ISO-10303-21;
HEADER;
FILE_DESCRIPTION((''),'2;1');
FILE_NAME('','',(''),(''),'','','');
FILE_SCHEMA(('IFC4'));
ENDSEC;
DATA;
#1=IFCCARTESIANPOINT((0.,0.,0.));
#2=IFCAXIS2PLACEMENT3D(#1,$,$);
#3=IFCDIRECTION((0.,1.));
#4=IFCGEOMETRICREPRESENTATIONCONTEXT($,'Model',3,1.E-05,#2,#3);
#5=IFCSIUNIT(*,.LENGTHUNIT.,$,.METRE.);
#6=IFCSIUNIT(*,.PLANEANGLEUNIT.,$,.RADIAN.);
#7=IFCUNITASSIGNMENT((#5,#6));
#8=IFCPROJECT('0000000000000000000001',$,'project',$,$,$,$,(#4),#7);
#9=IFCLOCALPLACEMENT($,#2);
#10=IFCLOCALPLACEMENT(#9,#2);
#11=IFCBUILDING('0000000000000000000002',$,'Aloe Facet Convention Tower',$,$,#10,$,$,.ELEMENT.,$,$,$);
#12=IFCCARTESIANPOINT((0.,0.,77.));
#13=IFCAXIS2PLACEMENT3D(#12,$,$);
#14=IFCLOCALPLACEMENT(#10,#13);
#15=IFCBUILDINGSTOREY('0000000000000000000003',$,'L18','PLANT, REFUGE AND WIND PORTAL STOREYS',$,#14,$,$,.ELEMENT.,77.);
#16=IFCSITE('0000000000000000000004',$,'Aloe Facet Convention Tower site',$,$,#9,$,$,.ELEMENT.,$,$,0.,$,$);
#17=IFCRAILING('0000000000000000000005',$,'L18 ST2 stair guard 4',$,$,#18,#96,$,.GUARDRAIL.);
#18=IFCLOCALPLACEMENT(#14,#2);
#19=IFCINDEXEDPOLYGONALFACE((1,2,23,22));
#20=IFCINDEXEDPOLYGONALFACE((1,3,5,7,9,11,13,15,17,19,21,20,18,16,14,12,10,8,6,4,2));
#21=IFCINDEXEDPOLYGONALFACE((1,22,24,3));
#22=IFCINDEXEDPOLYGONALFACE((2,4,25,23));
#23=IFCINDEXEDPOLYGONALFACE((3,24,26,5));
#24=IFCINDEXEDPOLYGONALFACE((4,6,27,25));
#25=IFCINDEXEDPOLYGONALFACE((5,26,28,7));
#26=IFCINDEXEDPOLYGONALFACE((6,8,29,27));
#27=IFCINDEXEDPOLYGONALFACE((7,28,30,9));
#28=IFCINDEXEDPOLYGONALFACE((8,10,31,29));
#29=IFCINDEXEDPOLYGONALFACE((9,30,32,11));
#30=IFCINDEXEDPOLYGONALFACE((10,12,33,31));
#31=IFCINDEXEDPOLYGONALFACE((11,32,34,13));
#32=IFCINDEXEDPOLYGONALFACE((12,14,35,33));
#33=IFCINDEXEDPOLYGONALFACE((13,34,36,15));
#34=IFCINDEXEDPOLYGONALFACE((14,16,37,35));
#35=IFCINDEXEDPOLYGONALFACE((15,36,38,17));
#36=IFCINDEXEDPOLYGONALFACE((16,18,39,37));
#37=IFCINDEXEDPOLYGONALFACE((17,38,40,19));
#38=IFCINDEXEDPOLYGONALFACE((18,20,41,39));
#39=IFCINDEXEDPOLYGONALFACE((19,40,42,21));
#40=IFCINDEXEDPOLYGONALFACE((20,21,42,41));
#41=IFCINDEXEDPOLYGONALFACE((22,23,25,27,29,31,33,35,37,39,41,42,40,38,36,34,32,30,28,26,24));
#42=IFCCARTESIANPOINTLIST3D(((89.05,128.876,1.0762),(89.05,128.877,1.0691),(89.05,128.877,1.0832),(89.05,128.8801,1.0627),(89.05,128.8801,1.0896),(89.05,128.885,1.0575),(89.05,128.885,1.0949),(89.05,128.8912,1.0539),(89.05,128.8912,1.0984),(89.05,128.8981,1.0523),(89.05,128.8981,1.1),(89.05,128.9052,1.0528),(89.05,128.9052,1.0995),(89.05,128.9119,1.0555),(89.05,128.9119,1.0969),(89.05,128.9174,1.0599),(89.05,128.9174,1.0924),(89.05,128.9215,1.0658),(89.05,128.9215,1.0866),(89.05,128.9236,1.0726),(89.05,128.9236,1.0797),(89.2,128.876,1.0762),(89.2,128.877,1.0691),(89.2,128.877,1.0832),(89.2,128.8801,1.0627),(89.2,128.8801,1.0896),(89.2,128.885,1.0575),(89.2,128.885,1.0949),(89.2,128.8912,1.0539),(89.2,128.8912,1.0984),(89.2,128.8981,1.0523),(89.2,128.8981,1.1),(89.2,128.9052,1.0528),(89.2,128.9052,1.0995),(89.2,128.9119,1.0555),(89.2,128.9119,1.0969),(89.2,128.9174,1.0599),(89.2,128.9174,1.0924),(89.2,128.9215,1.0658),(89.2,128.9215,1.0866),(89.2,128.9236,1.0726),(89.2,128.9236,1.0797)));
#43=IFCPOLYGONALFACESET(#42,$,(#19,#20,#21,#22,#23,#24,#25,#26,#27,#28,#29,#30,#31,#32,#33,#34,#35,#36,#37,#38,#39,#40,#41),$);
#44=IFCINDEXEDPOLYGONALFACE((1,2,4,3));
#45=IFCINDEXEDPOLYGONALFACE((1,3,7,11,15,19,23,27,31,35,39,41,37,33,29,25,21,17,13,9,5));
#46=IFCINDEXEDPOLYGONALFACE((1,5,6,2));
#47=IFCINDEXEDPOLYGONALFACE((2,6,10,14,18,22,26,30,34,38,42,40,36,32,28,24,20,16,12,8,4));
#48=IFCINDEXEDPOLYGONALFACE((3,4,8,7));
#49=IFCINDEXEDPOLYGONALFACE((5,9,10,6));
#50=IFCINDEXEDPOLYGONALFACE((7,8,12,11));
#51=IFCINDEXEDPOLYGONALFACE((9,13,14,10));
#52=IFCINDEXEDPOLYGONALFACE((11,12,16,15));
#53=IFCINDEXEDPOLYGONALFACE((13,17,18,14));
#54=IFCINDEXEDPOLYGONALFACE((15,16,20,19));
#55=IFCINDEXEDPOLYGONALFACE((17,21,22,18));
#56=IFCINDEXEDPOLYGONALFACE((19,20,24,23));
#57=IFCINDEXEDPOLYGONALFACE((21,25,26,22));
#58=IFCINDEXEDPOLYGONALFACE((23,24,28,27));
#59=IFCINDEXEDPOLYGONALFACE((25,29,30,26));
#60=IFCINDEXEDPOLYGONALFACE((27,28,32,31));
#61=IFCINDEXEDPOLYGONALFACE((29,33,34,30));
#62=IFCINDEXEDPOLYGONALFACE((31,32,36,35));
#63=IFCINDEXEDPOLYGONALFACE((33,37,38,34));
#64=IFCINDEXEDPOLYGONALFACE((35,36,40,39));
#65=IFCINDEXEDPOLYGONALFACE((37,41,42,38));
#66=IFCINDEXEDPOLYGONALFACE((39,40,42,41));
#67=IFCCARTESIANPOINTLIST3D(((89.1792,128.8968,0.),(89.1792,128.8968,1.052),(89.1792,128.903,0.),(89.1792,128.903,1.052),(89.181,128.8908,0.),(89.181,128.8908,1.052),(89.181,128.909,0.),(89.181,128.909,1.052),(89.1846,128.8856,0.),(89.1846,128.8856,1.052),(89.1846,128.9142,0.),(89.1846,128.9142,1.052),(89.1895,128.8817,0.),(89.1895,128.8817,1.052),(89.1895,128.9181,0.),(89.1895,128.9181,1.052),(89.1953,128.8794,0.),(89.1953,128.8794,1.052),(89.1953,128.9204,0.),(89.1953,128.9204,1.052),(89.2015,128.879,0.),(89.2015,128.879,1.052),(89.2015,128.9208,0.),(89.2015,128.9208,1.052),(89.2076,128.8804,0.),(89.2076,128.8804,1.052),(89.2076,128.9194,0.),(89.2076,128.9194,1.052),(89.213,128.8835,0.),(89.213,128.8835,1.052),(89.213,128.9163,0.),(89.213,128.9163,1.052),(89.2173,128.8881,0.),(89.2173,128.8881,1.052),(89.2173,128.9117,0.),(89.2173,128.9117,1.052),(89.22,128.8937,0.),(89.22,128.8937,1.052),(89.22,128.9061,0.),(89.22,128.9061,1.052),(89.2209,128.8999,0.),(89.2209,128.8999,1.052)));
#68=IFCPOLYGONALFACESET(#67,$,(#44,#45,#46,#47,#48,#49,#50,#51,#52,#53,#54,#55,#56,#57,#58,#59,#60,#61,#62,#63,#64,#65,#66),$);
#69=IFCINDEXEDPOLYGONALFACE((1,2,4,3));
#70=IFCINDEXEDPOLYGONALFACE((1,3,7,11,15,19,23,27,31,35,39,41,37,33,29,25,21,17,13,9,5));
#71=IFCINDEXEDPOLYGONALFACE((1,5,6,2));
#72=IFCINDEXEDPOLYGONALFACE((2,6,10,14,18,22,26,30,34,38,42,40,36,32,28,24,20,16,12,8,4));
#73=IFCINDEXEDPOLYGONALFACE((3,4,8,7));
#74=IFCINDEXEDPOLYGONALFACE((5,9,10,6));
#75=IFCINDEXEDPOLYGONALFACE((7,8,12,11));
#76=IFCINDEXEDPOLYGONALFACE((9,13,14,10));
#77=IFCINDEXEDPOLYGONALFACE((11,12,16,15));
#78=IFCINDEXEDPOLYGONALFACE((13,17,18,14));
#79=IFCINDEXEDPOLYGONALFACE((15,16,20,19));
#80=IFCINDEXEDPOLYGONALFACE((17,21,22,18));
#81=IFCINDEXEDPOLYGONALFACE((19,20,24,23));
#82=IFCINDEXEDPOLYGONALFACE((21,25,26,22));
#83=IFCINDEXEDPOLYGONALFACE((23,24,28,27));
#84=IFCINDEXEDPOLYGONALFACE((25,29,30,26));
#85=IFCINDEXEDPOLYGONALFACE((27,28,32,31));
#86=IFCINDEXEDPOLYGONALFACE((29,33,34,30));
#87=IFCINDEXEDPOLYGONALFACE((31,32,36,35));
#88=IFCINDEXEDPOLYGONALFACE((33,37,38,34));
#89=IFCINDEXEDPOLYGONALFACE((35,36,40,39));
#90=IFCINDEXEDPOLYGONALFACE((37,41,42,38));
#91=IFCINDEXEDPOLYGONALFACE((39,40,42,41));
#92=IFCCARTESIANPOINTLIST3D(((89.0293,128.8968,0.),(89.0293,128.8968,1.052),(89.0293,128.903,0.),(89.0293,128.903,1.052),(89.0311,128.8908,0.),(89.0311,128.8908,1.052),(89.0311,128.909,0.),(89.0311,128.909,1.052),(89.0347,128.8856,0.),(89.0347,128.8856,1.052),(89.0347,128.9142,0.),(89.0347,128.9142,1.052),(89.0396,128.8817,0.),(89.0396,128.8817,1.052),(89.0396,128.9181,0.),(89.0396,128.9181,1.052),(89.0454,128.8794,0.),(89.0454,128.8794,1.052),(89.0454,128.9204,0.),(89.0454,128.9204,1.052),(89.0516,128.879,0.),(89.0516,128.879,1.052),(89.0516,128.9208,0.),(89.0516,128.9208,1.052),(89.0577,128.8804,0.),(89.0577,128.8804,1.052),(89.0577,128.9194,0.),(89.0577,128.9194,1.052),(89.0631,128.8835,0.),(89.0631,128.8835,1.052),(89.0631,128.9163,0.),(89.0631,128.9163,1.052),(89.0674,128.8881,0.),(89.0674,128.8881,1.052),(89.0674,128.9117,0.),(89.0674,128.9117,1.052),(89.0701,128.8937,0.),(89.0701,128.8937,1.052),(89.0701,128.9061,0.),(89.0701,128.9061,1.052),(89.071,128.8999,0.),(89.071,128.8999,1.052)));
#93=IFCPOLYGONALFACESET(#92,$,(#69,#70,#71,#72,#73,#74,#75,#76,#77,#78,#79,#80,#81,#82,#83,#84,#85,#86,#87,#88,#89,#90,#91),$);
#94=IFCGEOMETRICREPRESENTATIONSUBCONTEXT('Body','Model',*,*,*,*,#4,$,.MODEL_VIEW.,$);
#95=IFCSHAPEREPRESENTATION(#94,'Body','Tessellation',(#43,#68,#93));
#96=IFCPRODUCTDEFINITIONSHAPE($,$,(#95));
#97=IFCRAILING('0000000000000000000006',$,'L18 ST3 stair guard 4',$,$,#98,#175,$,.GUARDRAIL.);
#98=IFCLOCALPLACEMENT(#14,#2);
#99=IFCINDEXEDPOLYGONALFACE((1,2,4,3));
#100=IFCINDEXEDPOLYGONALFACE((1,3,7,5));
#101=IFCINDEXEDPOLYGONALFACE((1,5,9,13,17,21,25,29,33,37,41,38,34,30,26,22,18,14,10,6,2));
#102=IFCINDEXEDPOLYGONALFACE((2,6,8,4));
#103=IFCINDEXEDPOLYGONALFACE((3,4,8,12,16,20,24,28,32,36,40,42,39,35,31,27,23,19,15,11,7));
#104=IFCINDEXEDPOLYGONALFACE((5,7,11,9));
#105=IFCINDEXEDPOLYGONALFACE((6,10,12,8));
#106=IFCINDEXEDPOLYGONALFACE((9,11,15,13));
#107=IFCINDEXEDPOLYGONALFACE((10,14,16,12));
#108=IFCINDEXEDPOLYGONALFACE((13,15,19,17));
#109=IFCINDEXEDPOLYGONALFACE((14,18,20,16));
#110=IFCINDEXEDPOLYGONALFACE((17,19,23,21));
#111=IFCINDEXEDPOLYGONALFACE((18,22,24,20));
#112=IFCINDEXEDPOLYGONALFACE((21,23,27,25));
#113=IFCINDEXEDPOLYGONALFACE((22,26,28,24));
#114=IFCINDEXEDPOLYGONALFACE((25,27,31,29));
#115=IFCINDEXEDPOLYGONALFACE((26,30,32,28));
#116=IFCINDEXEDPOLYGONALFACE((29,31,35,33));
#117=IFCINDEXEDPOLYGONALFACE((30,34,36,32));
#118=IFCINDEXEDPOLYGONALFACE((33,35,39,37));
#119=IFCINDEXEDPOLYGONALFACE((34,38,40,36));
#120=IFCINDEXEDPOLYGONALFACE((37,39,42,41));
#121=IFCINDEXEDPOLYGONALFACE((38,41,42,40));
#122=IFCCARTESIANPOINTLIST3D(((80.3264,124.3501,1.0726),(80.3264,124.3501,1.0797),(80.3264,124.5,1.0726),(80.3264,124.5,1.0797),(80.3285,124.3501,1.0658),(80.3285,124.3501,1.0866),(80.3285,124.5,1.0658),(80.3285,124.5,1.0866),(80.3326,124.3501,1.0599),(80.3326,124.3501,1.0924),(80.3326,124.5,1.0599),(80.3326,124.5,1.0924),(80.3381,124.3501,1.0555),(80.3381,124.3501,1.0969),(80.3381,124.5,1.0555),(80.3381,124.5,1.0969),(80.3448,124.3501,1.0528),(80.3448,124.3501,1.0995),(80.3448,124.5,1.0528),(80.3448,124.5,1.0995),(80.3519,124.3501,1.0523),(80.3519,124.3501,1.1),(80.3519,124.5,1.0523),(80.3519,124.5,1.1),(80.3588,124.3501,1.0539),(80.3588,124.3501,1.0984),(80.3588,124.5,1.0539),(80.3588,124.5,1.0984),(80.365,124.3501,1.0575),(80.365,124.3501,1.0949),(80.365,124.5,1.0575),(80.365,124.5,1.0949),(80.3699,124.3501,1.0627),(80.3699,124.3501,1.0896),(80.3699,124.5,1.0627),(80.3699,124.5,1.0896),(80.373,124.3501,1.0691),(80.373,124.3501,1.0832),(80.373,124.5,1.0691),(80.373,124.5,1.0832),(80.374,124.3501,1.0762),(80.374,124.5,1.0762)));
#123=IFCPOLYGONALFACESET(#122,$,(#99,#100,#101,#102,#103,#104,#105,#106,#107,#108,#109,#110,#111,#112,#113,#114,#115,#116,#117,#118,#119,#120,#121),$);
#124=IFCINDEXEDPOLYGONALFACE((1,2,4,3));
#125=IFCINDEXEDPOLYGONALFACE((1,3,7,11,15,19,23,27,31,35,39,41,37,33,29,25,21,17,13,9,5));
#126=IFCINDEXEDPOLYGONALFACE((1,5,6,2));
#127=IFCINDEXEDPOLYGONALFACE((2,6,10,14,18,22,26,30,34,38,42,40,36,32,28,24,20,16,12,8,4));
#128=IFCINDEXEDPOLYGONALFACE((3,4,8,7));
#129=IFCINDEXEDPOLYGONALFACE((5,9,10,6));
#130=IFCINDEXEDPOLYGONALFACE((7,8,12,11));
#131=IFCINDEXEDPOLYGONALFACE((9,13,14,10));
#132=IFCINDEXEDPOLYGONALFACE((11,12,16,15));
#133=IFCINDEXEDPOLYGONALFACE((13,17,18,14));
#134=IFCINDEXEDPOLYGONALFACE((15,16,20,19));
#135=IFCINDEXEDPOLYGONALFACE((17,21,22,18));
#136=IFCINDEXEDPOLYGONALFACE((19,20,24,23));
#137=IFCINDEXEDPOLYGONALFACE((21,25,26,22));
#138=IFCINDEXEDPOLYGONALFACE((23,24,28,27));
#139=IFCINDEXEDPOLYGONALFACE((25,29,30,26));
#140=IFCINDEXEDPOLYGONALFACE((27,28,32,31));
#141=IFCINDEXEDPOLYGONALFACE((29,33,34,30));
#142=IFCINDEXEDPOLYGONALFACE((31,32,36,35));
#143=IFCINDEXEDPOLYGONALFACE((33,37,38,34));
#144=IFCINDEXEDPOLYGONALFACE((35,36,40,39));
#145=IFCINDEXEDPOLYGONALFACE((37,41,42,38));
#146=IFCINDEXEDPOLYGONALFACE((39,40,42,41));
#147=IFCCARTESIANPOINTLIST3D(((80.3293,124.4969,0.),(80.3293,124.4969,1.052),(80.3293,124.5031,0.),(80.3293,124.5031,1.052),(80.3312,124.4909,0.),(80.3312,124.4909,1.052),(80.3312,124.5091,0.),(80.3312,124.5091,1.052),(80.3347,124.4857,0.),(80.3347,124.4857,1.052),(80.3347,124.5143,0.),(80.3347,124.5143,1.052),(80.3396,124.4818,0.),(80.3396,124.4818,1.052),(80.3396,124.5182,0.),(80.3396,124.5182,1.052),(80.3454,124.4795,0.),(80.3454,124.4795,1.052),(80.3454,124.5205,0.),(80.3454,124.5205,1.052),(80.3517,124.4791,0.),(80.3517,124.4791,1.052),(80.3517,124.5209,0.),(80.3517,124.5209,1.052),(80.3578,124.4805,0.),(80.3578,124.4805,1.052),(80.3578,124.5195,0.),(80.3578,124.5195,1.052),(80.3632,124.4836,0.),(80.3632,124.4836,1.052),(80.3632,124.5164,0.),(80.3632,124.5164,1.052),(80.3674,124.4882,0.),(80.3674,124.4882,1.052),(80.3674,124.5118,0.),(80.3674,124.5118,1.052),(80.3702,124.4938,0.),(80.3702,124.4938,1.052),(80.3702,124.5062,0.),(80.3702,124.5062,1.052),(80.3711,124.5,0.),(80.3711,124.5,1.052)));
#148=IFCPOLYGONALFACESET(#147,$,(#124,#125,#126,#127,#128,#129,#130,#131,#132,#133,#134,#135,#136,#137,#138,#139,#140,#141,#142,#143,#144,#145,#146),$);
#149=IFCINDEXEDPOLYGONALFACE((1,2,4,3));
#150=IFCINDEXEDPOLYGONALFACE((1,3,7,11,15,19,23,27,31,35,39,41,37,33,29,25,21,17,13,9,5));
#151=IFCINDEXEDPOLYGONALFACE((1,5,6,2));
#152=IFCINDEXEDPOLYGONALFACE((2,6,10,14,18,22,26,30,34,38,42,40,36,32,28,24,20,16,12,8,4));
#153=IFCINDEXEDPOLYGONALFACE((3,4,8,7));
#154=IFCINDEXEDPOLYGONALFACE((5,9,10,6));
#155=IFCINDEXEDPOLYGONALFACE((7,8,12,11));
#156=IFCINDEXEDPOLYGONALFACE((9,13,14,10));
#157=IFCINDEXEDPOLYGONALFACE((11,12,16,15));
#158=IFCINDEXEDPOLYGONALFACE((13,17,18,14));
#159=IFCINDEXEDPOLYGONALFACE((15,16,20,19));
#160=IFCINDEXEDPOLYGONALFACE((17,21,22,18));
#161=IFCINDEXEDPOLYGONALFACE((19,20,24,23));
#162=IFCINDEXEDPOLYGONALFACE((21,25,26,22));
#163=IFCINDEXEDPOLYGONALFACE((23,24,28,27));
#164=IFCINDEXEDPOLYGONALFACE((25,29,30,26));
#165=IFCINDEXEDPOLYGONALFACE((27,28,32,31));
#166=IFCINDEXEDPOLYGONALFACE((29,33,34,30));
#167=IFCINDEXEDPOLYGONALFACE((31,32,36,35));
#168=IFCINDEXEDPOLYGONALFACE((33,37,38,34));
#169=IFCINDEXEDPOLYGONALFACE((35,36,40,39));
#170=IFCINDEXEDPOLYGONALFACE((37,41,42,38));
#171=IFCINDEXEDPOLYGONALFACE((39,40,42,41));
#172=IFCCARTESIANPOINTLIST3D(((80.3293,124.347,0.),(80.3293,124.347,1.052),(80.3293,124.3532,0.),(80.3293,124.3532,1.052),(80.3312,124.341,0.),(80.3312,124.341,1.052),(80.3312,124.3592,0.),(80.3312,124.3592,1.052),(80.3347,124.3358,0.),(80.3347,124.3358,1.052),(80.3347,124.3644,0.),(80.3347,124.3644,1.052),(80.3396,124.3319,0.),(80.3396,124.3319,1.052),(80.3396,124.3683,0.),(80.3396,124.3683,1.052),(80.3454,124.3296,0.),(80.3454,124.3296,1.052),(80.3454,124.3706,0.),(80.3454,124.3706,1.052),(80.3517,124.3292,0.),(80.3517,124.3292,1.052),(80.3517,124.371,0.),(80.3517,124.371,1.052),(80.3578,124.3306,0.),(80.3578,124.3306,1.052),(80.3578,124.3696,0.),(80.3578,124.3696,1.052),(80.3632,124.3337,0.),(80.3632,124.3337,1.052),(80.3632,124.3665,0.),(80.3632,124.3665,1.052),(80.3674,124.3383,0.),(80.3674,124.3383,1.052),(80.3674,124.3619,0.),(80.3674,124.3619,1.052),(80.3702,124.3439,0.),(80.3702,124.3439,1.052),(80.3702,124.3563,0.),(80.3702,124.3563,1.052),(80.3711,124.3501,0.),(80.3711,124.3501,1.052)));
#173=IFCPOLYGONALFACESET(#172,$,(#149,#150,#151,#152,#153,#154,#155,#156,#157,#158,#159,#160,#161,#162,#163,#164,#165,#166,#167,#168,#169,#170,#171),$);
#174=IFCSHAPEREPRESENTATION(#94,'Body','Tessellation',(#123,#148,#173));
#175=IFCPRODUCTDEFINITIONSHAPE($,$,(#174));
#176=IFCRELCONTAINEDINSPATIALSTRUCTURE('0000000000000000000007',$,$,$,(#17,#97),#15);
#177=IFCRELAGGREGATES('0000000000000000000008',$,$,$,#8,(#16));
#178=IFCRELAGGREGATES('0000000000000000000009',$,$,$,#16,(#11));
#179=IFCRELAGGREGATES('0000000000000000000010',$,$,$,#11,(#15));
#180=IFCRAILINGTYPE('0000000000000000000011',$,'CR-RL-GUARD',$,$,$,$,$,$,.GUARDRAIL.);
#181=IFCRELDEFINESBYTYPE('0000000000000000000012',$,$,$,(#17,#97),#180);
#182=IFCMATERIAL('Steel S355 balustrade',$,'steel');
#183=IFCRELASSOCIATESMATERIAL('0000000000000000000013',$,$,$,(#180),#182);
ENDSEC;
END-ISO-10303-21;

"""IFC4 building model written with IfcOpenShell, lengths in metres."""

from ifc_helpers import new_model, si_unit, direction, frame, origin, origin_2d, place, context, subcontext, project, spatial, circle, extrude, material, type_object, element, save


model = new_model("IFC4")

# Units and contexts
model_context = context("Model", 3, precision=1e-05, world=origin(), true_north=direction((0.0, 1.0)))
body_context = subcontext(model_context, "Body", "Model", "MODEL_VIEW")
ifc_project = project(units=[si_unit("LENGTHUNIT", "METRE"), si_unit("PLANEANGLEUNIT", "RADIAN")], contexts=[model_context])

# Site, building, storey
site_placement = place(None, origin())
site = spatial("IfcSite", under=ifc_project, at=site_placement, Name="Aloe Facet Convention Tower site", CompositionType="ELEMENT", RefElevation=0.0)
building_placement = place(site_placement, origin())
building = spatial("IfcBuilding", under=site, at=building_placement, Name="Aloe Facet Convention Tower", CompositionType="ELEMENT")
storey_placement = place(building_placement, frame((0.0, 0.0, 77.0)))
storey = spatial("IfcBuildingStorey", under=building, at=storey_placement, Name="L18", Description="PLANT, REFUGE AND WIND PORTAL STOREYS", CompositionType="ELEMENT", Elevation=77.0)

# Railings
ifc_material_1 = material(Name="Steel S355 balustrade", Category="steel")
railing_type_1 = type_object("IfcRailingType", Name="CR-RL-GUARD", PredefinedType="GUARDRAIL", material=ifc_material_1)
railing_1_placement = place(storey_placement, frame((89.2, 128.8999, 0.0)))
element("IfcRailing", 1, at=railing_1_placement, inside=storey, type_object=railing_type_1, Name="L18 ST2 stair guard 4", PredefinedType="GUARDRAIL", context=body_context, shape_type="SweptSolid", body=[
    extrude(circle(Radius=0.0239, at=origin_2d()), frame((0.0, 0.0, 1.0762), z_axis=(-1.0, 0.0, 0.0), x_axis=(0.0, -1.0, 0.0)), (0.0, 0.0, 1.0), 0.1499),
    extrude(circle(Radius=0.021, at=origin_2d()), origin(), (0.0, 0.0, 1.0), 1.052),
    extrude(circle(Radius=0.021, at=origin_2d()), frame((-0.1499, 0.0, 0.0)), (0.0, 0.0, 1.0), 1.052),
])
railing_2_placement = place(storey_placement, frame((80.3501, 124.5, 0.0)))
element("IfcRailing", 2, at=railing_2_placement, inside=storey, type_object=railing_type_1, Name="L18 ST3 stair guard 4", PredefinedType="GUARDRAIL", context=body_context, shape_type="SweptSolid", body=[
    extrude(circle(Radius=0.0239, at=origin_2d()), frame((0.0, 0.0, 1.0762), z_axis=(0.0, -1.0, 0.0), x_axis=(1.0, 0.0, 0.0)), (0.0, 0.0, 1.0), 0.1499),
    extrude(circle(Radius=0.021, at=origin_2d()), origin(), (0.0, 0.0, 1.0), 1.052),
    extrude(circle(Radius=0.021, at=origin_2d()), frame((0.0, -0.1499, 0.0)), (0.0, 0.0, 1.0), 1.052),
])

save(model, "model.ifc")
